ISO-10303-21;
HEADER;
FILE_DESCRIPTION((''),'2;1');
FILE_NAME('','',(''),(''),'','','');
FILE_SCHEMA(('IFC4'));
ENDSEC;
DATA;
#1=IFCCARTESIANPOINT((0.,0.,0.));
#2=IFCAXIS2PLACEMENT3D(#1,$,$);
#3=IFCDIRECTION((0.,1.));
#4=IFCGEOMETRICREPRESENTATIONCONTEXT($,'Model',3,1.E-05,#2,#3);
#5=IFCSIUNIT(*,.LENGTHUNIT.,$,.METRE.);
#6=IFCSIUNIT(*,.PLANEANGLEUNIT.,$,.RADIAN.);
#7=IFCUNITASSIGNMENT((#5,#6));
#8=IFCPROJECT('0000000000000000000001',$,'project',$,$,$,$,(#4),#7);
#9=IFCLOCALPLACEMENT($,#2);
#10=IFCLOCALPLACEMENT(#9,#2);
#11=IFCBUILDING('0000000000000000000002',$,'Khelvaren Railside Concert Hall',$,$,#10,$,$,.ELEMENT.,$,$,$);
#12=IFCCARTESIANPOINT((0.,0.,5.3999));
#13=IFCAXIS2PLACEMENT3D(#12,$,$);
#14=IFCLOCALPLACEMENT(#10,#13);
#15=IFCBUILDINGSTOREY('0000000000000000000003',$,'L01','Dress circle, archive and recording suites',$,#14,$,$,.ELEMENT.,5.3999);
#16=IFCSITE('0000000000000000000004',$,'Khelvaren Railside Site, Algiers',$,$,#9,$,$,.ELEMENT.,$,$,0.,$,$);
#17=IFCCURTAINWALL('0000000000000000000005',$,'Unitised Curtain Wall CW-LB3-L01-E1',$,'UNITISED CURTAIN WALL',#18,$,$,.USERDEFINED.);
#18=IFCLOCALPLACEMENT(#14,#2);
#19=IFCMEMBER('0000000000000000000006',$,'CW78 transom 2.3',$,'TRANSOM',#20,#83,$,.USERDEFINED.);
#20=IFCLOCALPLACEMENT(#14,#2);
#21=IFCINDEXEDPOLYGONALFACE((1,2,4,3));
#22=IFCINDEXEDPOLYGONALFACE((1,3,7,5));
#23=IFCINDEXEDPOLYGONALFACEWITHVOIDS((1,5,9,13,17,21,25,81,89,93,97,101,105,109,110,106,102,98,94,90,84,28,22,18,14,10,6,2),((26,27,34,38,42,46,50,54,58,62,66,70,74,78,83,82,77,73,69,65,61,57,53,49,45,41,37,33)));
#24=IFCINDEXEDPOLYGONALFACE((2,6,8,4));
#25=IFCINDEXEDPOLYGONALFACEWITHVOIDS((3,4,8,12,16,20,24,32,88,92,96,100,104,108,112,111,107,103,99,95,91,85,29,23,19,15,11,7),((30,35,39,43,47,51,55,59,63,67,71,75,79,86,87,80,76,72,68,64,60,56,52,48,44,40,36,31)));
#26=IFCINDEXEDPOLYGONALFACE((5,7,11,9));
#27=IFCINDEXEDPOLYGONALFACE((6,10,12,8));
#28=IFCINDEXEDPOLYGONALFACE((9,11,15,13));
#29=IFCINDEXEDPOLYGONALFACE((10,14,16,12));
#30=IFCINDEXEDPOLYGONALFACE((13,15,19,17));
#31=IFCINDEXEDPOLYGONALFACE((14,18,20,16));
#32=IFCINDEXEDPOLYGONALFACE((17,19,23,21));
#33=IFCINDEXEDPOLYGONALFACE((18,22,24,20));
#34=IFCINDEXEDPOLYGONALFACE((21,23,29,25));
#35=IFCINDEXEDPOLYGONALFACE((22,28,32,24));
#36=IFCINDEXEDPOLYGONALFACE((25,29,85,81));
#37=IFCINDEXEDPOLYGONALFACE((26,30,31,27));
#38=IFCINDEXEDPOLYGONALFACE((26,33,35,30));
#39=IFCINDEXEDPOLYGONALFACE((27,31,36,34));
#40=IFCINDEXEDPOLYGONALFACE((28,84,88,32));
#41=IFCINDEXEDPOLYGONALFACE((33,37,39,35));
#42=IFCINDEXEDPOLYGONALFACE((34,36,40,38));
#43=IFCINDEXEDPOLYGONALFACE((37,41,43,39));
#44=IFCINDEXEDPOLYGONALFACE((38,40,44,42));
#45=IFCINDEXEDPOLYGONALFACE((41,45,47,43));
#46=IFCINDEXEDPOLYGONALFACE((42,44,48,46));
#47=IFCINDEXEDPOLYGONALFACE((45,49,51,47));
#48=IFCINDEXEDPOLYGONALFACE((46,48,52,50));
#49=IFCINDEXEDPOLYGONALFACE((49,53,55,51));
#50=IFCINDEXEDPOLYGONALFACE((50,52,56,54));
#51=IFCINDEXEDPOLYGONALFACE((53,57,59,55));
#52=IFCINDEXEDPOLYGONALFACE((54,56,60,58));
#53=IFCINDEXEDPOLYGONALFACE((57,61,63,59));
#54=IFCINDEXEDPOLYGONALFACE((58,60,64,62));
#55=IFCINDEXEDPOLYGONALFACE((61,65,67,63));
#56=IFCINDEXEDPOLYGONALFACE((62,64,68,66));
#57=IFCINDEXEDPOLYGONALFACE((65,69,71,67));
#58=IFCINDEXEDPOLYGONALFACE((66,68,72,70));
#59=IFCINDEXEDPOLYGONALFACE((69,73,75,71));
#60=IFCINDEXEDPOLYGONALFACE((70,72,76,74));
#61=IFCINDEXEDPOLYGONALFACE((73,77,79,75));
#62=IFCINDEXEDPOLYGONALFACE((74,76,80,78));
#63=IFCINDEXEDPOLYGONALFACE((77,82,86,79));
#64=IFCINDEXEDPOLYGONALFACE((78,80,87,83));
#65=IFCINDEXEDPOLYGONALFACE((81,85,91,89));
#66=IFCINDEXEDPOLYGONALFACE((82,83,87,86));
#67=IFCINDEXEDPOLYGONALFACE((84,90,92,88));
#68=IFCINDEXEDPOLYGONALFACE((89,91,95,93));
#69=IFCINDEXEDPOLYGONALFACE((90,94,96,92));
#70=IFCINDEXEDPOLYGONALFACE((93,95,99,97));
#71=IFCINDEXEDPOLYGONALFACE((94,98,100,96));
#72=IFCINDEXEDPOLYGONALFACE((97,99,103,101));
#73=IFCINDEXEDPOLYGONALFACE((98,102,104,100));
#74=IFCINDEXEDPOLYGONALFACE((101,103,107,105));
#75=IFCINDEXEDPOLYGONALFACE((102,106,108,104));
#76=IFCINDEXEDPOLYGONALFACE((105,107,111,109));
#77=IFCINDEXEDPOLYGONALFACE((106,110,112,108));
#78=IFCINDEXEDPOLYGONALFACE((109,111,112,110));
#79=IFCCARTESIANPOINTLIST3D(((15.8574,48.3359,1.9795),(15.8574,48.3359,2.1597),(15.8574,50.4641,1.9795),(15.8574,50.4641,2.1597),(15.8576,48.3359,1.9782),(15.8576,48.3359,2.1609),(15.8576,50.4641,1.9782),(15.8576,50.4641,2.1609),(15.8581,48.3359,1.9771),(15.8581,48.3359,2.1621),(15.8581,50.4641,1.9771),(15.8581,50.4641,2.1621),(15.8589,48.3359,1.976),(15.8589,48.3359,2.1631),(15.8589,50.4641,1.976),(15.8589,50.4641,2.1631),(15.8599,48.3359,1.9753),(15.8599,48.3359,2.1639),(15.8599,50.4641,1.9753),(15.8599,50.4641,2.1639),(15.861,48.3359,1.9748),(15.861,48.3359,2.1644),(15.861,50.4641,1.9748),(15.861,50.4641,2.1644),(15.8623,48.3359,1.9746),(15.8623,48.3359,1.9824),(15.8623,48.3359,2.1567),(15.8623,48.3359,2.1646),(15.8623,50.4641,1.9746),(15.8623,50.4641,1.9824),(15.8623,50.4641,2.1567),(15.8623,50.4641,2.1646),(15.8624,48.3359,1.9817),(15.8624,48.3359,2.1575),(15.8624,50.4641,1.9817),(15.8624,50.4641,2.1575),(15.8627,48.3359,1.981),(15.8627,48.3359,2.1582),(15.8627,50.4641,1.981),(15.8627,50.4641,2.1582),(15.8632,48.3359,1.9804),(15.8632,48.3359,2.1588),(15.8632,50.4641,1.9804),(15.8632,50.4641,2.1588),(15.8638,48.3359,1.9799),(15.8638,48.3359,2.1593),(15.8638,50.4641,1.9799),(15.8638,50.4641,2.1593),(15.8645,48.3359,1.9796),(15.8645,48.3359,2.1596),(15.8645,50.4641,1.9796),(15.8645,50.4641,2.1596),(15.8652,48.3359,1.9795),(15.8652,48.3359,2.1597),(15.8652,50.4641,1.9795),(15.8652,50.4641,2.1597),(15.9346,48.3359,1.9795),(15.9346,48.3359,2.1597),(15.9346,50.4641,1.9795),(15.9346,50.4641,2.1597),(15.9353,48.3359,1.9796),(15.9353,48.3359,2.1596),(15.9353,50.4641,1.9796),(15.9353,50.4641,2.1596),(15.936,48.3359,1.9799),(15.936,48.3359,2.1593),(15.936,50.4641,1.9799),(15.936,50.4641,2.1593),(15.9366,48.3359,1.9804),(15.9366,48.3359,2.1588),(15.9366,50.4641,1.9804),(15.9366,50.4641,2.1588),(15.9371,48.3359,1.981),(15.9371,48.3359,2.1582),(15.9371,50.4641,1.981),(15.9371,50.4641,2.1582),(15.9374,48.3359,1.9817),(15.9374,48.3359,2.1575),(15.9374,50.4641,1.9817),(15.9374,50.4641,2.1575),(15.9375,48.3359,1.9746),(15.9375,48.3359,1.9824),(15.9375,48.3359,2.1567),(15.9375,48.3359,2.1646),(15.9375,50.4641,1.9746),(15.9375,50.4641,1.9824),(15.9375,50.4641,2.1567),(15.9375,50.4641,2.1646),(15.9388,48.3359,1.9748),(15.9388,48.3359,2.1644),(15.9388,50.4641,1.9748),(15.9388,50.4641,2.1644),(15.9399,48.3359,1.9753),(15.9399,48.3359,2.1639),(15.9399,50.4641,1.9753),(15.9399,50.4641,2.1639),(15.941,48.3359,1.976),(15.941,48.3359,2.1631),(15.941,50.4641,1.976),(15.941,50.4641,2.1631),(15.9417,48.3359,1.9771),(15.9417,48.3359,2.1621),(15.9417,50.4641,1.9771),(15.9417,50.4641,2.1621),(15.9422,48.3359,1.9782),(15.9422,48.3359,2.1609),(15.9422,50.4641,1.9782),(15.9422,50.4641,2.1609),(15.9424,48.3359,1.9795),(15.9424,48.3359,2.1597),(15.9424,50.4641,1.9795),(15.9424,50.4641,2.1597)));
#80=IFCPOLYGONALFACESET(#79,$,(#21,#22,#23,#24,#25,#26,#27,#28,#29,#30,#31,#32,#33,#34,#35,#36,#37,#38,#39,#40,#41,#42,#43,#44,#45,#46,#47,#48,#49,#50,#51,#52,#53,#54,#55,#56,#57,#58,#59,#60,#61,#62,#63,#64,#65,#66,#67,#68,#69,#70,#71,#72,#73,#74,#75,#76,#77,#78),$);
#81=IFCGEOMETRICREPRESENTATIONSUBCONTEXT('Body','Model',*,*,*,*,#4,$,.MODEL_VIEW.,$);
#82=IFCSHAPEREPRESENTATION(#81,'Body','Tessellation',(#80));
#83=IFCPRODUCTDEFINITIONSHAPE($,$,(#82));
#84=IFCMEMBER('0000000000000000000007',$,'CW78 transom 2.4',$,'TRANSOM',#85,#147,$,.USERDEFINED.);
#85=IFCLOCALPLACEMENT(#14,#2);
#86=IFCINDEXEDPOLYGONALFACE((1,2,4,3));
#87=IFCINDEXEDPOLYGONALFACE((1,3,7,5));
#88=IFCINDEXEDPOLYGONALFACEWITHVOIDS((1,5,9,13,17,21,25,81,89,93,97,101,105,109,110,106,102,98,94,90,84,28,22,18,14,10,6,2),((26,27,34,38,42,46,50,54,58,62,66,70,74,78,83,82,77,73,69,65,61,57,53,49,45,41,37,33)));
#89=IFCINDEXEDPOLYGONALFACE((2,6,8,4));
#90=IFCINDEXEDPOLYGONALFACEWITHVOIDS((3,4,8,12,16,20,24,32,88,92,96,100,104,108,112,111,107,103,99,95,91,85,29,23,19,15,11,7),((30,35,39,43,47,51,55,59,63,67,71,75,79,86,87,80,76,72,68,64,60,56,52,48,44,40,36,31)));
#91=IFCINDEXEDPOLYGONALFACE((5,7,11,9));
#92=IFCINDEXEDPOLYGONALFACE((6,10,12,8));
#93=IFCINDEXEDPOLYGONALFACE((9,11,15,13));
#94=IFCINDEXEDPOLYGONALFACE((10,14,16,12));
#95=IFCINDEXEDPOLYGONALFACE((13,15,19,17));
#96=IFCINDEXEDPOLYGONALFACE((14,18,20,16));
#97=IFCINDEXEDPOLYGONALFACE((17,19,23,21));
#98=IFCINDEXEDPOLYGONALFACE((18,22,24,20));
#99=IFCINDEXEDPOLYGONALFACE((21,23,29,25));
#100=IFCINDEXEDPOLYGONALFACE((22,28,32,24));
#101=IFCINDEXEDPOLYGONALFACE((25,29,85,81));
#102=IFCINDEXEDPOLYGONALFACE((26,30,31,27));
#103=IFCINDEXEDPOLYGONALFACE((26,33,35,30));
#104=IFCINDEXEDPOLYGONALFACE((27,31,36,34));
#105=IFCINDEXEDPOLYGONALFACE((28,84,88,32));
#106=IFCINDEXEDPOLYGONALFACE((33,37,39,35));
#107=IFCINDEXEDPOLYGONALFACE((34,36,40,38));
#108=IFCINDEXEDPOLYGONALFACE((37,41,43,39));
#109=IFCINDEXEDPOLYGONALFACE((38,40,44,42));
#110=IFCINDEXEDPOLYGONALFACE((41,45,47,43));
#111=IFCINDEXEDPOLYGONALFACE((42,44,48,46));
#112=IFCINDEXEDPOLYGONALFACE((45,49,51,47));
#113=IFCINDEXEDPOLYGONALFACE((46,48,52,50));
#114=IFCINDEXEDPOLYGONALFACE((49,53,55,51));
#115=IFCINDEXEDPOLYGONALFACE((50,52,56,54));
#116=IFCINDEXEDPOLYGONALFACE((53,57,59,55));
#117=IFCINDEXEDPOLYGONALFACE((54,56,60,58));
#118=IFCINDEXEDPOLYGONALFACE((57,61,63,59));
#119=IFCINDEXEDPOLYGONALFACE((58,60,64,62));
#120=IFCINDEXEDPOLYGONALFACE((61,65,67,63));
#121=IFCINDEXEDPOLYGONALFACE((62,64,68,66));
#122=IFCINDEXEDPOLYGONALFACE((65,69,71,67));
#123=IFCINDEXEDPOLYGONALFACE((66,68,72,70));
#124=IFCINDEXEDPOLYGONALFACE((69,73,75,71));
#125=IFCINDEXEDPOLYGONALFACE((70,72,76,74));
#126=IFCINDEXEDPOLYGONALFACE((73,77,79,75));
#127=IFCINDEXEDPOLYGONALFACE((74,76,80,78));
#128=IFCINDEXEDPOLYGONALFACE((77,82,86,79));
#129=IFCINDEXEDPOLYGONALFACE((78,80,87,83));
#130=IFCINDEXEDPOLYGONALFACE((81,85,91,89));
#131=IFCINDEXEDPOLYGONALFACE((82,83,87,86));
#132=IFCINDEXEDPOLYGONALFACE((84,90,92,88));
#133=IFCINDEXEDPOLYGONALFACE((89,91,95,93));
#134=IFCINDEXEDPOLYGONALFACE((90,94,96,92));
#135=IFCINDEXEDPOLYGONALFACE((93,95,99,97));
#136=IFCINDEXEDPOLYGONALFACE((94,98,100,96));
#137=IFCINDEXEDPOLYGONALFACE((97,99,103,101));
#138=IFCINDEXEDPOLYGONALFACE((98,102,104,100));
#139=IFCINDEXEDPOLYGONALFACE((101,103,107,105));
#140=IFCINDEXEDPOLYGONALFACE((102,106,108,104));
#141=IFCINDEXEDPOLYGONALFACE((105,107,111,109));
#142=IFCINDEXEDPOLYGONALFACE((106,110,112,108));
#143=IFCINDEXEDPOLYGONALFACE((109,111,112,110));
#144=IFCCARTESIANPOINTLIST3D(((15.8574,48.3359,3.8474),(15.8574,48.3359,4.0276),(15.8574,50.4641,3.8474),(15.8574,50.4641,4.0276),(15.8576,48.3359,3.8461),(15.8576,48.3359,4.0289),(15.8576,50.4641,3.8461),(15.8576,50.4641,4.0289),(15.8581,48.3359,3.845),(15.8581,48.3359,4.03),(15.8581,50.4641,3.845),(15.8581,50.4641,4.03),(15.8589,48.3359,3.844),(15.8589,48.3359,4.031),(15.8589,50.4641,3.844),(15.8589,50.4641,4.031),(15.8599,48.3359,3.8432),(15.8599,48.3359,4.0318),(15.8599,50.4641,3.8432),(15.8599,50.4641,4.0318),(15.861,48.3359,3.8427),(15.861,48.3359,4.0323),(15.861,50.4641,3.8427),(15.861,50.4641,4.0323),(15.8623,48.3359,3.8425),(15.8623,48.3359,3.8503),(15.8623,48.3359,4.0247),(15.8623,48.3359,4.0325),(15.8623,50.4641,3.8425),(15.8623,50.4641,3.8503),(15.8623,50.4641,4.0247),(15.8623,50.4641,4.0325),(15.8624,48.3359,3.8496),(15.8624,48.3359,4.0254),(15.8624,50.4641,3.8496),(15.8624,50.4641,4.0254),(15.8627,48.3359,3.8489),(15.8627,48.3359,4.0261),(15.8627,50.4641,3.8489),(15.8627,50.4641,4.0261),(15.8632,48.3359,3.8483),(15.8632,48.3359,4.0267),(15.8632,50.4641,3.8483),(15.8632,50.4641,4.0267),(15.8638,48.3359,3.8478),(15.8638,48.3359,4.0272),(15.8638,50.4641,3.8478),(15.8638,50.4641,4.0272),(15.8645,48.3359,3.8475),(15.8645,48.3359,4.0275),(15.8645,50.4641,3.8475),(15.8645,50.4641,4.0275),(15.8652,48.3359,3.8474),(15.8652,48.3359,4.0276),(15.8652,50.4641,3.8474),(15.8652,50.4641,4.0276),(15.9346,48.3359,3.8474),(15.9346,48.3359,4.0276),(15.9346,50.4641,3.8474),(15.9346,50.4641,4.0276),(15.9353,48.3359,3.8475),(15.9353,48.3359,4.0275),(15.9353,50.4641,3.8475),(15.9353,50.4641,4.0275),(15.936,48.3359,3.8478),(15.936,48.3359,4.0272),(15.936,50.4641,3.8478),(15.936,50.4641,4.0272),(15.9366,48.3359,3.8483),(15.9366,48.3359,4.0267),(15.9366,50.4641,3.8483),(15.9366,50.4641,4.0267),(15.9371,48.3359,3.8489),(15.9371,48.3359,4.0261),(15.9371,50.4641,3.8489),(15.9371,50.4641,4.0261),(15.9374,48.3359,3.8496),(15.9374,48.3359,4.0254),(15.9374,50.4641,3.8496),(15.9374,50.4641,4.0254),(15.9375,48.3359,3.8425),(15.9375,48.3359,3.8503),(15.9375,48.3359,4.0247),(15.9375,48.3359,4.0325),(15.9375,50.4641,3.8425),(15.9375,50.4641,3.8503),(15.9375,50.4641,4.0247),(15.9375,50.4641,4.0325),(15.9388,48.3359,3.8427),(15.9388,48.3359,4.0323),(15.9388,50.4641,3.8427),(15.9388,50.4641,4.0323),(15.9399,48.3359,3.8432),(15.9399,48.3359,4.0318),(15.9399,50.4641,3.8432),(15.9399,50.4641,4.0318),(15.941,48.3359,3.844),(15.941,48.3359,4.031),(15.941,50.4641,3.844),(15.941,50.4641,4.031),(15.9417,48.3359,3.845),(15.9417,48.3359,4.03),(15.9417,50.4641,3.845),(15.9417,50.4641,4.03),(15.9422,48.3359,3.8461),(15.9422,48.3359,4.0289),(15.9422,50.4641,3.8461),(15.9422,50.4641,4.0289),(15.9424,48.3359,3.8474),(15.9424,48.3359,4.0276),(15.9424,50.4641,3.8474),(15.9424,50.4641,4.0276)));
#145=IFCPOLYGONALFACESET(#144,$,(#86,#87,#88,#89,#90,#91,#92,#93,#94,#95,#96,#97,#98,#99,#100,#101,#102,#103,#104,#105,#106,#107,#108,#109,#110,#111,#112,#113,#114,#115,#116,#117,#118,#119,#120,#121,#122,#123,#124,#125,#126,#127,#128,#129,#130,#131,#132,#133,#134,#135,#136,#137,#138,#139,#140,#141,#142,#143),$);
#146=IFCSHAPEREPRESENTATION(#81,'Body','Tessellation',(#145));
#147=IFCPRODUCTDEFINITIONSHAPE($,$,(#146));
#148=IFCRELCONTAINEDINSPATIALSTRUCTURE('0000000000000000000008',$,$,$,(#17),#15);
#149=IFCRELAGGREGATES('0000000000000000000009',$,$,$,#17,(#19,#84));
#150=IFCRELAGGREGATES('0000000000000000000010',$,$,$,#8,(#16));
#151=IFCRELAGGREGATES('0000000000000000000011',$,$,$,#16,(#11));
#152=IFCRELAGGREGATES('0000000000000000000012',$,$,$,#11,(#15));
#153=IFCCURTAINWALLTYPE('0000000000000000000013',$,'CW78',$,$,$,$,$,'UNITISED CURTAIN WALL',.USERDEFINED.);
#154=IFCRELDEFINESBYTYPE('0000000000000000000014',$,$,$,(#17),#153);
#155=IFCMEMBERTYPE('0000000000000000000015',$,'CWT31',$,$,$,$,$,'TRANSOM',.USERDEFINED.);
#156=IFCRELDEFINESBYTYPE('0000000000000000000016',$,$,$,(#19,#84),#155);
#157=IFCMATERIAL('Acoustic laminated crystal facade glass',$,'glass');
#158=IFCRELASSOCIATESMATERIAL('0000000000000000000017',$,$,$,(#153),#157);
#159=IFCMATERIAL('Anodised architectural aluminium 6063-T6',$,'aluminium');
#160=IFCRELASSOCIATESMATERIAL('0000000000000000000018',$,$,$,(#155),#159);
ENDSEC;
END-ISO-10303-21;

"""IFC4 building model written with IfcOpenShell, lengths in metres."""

from ifc_helpers import new_model, si_unit, direction, frame, origin, origin_2d, place, context, subcontext, project, spatial, hollow_rectangle, extrude, material, material_profile, profile_set, type_object, element, aggregate, save


model = new_model("IFC4")

# Units and contexts
model_context = context("Model", 3, precision=1e-05, world=origin(), true_north=direction((0.0, 1.0)))
body_context = subcontext(model_context, "Body", "Model", "MODEL_VIEW")
ifc_project = project(units=[si_unit("LENGTHUNIT", "METRE"), si_unit("PLANEANGLEUNIT", "RADIAN")], contexts=[model_context])

# Site, building, storey
site_placement = place(None, origin())
site = spatial("IfcSite", under=ifc_project, at=site_placement, Name="Khelvaren Railside Site, Algiers", CompositionType="ELEMENT", RefElevation=0.0)
building_placement = place(site_placement, origin())
building = spatial("IfcBuilding", under=site, at=building_placement, Name="Khelvaren Railside Concert Hall", CompositionType="ELEMENT")
storey_placement = place(building_placement, frame((0.0, 0.0, 5.3999)))
storey = spatial("IfcBuildingStorey", under=building, at=storey_placement, Name="L01", Description="Dress circle, archive and recording suites", CompositionType="ELEMENT", Elevation=5.3999)

# Curtain wall
ifc_material_1 = material(Name="Acoustic laminated crystal facade glass", Category="glass")
curtain_wall_type = type_object("IfcCurtainWallType", Name="CW78", ElementType="UNITISED CURTAIN WALL", PredefinedType="USERDEFINED", material=ifc_material_1)
curtain_wall_1_placement = place(storey_placement, origin())
curtain_wall_1 = element("IfcCurtainWall", 1, at=curtain_wall_1_placement, inside=storey, type_object=curtain_wall_type, Name="Unitised Curtain Wall CW-LB3-L01-E1", ObjectType="UNITISED CURTAIN WALL", PredefinedType="USERDEFINED")
ifc_material_2 = material(Name="Anodised architectural aluminium 6063-T6", Category="aluminium")

# Members
ifc_material_profile_1 = material_profile(ifc_material_2, hollow_rectangle(XDim=0.085, YDim=0.1899, WallThickness=0.0049, InnerFilletRadius=0.0029, OuterFilletRadius=0.0049, at=origin_2d()), Name="CWT 85x190x5")
ifc_profile_set_1 = profile_set([ifc_material_profile_1], Name="Anodised architectural aluminium 6063-T6")
member_type_1 = type_object("IfcMemberType", Name="CWT31", ElementType="TRANSOM", PredefinedType="USERDEFINED", material=ifc_profile_set_1)
member_1_placement = place(storey_placement, frame((15.8999, 50.4641, 2.0696), z_axis=(0.0, -1.0, 0.0), x_axis=(1.0, 0.0, 0.0)))
member_1 = element("IfcMember", 2, at=member_1_placement, type_object=member_type_1, Name="CW78 transom 2.3", ObjectType="TRANSOM", PredefinedType="USERDEFINED", context=body_context, shape_type="SweptSolid", body=[
    extrude(hollow_rectangle(XDim=0.085, YDim=0.1899, WallThickness=0.0049, InnerFilletRadius=0.0029, OuterFilletRadius=0.0049, at=origin_2d()), origin(), (0.0, 0.0, 1.0), 2.1282),
])
member_2_placement = place(storey_placement, frame((15.8999, 50.4641, 3.9375), z_axis=(0.0, -1.0, 0.0), x_axis=(1.0, 0.0, 0.0)))
member_2 = element("IfcMember", 3, at=member_2_placement, type_object=member_type_1, Name="CW78 transom 2.4", ObjectType="TRANSOM", PredefinedType="USERDEFINED", context=body_context, shape_type="SweptSolid", body=[
    extrude(hollow_rectangle(XDim=0.085, YDim=0.1899, WallThickness=0.0049, InnerFilletRadius=0.0029, OuterFilletRadius=0.0049, at=origin_2d()), origin(), (0.0, 0.0, 1.0), 2.1282),
])

aggregate(curtain_wall_1, [member_1, member_2])

save(model, "model.ifc")
